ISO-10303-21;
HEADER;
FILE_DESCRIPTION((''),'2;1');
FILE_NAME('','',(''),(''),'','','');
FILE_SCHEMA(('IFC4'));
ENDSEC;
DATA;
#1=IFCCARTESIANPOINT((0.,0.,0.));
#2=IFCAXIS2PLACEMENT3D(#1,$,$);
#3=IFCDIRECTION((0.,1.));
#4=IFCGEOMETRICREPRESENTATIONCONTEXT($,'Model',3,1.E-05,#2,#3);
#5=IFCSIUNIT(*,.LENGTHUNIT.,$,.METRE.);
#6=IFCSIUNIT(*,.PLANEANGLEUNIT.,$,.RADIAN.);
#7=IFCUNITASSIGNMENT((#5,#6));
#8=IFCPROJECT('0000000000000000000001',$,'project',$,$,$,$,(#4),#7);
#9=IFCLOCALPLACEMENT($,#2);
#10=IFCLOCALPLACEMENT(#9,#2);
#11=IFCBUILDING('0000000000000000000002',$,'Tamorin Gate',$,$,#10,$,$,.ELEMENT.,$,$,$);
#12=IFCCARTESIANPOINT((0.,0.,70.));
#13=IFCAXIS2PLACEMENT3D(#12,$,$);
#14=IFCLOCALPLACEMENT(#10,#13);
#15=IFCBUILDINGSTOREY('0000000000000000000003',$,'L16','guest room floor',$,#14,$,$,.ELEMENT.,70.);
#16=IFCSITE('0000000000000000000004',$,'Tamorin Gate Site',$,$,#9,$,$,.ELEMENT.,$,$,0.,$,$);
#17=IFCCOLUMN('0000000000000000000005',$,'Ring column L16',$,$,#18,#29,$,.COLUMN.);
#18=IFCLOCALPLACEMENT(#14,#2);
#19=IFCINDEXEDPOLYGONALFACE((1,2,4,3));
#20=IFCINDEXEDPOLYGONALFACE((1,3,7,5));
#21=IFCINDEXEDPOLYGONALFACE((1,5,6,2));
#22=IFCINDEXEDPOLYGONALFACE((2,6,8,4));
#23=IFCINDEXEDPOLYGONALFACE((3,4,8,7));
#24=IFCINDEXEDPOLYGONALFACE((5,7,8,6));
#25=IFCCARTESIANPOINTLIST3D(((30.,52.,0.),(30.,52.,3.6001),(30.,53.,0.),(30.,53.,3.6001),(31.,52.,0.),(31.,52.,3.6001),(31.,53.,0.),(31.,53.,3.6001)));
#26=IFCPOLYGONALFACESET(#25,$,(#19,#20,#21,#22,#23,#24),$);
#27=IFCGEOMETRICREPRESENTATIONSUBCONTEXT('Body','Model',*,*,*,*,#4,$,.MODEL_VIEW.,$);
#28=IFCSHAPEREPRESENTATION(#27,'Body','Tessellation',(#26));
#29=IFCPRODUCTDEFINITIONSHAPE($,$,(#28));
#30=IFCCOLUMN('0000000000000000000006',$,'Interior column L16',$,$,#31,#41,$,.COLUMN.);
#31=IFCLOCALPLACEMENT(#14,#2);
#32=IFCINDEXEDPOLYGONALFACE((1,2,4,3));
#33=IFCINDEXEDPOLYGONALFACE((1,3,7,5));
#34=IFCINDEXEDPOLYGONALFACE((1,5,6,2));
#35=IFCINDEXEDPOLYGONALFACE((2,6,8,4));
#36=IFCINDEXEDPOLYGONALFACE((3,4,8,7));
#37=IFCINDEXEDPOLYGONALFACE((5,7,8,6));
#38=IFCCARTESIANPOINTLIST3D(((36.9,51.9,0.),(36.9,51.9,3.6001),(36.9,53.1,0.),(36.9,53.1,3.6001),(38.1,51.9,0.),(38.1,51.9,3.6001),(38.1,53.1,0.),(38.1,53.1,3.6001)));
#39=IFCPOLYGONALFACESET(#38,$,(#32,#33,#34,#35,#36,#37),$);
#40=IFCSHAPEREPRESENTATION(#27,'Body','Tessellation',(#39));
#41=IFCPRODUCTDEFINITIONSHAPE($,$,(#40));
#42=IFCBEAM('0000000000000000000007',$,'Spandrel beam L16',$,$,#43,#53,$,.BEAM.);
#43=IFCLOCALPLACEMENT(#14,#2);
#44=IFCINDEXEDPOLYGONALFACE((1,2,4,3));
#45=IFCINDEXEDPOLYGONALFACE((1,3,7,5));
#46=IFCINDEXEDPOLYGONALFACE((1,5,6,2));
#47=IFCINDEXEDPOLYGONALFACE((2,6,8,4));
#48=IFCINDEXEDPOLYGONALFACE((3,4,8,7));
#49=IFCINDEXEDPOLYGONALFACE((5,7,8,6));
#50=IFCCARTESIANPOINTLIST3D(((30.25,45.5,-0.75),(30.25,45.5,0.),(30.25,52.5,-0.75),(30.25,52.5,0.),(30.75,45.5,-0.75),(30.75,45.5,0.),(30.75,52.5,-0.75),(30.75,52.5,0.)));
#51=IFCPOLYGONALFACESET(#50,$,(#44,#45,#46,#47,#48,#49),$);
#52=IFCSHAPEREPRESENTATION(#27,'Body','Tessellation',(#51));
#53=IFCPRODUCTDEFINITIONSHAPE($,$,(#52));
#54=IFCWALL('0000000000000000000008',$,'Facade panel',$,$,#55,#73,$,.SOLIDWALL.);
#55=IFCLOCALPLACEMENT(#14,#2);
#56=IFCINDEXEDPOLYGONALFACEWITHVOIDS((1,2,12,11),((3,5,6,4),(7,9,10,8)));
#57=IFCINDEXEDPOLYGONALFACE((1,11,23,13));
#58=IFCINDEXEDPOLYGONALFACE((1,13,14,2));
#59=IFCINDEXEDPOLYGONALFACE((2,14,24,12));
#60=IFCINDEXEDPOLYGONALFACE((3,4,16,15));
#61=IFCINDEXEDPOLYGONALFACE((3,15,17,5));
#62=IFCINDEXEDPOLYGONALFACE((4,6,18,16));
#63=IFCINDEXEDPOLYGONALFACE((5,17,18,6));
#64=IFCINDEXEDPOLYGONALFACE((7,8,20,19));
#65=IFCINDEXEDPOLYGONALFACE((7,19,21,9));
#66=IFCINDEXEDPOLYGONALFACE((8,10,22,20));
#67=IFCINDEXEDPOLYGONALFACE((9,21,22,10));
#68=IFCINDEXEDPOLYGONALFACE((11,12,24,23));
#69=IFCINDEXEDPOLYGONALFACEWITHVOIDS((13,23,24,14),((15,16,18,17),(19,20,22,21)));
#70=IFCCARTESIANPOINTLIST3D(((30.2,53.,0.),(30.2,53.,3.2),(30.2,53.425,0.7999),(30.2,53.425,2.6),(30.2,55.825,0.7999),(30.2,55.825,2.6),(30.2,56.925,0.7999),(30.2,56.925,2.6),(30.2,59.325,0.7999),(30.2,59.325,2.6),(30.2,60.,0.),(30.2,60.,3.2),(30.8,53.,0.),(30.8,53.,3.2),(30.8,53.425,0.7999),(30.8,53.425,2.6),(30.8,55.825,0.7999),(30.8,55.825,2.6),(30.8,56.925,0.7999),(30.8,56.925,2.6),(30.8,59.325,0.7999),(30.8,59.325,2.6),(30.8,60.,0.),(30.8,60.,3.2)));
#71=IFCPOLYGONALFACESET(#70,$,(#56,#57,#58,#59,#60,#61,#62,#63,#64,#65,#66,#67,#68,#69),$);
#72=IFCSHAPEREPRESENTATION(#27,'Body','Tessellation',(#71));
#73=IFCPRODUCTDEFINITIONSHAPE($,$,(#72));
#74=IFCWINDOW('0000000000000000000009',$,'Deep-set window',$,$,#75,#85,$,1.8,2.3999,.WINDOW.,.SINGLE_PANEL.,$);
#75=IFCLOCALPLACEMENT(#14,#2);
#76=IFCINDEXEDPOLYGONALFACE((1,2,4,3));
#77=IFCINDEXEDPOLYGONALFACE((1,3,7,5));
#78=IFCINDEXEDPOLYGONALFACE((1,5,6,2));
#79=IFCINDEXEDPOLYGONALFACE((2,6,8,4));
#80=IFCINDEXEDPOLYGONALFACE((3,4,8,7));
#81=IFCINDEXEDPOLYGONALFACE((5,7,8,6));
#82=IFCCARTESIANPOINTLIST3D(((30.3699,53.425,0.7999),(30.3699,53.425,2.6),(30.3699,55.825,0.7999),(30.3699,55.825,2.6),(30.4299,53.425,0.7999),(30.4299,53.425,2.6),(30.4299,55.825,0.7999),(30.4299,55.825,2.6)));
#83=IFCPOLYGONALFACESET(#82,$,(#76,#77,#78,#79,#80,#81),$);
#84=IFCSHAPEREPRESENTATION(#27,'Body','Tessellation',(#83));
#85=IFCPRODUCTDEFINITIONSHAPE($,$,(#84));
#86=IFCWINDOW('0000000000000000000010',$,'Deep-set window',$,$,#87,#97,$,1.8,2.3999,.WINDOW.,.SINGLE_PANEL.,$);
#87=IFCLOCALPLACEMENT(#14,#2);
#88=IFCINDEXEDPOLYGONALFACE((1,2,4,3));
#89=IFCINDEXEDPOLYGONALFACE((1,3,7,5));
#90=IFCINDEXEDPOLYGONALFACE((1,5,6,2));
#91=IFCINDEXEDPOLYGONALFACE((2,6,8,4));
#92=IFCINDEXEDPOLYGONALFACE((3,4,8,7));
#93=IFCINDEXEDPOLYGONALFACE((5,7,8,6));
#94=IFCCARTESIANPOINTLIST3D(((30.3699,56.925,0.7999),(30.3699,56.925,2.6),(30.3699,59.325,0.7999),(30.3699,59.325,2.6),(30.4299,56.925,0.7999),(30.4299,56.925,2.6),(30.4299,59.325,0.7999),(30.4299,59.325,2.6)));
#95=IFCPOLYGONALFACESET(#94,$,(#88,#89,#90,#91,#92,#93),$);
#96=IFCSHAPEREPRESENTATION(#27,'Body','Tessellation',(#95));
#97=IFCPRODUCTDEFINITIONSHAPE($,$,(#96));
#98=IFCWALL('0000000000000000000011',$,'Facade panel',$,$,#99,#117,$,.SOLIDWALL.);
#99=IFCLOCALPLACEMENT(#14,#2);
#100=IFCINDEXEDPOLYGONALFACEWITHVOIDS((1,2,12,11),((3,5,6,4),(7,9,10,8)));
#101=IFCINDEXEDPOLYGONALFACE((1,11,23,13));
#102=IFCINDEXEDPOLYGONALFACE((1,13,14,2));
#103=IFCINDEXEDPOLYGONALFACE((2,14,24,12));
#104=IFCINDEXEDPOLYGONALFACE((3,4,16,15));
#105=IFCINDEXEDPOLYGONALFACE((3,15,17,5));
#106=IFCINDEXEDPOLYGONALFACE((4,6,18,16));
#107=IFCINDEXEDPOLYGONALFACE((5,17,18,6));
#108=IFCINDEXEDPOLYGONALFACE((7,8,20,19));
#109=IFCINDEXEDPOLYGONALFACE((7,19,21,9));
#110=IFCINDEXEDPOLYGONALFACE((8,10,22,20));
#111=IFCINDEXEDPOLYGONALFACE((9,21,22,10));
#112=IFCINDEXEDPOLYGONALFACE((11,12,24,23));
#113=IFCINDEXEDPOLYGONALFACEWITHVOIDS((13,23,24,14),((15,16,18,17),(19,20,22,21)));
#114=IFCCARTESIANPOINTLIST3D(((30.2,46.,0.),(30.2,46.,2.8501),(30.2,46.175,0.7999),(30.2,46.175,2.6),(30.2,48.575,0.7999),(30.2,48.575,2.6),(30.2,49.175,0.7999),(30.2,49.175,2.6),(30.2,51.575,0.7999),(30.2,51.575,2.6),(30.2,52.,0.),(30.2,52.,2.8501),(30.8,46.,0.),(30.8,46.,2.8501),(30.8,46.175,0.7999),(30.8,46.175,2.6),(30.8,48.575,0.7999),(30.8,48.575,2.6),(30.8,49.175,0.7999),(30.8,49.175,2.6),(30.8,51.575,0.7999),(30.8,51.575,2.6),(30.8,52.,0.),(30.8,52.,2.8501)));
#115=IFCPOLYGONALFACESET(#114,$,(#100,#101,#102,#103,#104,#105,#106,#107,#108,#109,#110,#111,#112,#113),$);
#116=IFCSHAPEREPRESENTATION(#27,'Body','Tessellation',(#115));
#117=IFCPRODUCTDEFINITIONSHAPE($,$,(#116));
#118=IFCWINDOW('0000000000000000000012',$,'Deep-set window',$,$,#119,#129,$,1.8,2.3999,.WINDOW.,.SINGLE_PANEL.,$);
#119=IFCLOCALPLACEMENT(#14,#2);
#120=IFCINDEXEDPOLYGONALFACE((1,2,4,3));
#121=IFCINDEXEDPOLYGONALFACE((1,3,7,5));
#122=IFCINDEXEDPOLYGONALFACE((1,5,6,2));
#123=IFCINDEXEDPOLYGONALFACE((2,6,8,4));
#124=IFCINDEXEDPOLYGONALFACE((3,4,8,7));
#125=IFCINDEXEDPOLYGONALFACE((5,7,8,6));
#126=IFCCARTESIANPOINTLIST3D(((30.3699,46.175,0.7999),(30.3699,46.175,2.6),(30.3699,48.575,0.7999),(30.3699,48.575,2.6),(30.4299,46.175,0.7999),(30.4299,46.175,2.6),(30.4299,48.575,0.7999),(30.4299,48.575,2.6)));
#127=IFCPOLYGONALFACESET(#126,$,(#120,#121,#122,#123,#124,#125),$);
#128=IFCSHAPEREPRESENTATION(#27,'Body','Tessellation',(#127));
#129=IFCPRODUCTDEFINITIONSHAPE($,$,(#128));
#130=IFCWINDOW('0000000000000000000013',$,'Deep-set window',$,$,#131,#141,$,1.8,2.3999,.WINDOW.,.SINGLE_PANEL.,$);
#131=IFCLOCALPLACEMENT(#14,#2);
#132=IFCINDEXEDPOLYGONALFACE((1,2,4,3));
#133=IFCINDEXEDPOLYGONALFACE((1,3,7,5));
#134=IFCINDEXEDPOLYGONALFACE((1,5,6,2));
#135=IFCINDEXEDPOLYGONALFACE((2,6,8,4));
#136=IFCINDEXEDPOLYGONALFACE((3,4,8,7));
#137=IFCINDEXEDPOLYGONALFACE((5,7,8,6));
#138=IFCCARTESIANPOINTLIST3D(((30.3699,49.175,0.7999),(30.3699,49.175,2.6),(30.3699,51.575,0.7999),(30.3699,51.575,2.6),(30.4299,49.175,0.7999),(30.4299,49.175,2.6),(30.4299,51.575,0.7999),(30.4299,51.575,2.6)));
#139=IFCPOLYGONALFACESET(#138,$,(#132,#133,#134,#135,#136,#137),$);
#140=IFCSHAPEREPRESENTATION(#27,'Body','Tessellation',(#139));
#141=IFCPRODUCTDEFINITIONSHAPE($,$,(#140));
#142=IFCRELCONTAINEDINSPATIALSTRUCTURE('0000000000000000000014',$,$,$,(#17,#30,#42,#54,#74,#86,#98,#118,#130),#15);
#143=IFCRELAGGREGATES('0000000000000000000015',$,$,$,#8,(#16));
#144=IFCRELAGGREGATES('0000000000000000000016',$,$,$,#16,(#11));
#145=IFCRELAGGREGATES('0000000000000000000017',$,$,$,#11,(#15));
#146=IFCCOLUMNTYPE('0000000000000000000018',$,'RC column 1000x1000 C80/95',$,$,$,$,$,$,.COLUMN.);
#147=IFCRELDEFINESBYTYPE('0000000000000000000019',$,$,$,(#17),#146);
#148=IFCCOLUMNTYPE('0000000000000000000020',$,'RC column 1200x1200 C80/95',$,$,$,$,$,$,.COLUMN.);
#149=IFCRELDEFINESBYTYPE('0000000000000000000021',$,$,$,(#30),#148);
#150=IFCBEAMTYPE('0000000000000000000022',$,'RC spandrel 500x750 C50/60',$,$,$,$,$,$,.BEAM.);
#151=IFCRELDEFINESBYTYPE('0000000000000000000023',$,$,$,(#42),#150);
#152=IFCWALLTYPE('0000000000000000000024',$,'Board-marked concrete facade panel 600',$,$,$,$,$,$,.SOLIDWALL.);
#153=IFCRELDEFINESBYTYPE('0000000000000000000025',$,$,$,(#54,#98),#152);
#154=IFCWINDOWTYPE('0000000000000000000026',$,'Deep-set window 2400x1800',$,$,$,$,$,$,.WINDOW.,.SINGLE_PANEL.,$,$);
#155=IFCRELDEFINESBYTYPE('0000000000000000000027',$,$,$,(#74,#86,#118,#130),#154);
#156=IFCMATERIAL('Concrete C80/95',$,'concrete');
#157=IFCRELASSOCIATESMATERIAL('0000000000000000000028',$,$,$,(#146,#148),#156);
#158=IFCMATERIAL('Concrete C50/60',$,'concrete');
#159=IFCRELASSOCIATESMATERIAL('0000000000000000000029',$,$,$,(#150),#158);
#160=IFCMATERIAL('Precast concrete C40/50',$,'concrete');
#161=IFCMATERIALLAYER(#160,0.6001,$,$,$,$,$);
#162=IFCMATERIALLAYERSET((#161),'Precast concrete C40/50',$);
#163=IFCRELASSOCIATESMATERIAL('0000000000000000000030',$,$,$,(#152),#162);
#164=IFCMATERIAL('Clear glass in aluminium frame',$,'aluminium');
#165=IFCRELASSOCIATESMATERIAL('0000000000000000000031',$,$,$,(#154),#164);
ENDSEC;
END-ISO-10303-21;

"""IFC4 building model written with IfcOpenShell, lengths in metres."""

from ifc_helpers import new_model, si_unit, direction, frame, frame_2d, origin, origin_2d, place, context, subcontext, project, spatial, rectangle, extrude, material, layer, layer_set, material_profile, profile_set, type_object, element, fill, save


model = new_model("IFC4")

# Units and contexts
model_context = context("Model", 3, precision=1e-05, world=origin(), true_north=direction((0.0, 1.0)))
body_context = subcontext(model_context, "Body", "Model", "MODEL_VIEW")
ifc_project = project(units=[si_unit("LENGTHUNIT", "METRE"), si_unit("PLANEANGLEUNIT", "RADIAN")], contexts=[model_context])

# Site, building, storey
site_placement = place(None, origin())
site = spatial("IfcSite", under=ifc_project, at=site_placement, Name="Tamorin Gate Site", CompositionType="ELEMENT", RefElevation=0.0)
building_placement = place(site_placement, origin())
building = spatial("IfcBuilding", under=site, at=building_placement, Name="Tamorin Gate", CompositionType="ELEMENT")
storey_placement = place(building_placement, frame((0.0, 0.0, 70.0)))
storey = spatial("IfcBuildingStorey", under=building, at=storey_placement, Name="L16", Description="guest room floor", CompositionType="ELEMENT", Elevation=70.0)

# Columns
ifc_material_1 = material(Name="Concrete C80/95", Category="concrete")
ifc_material_profile_1 = material_profile(ifc_material_1, rectangle(XDim=1.0, YDim=1.0, at=origin_2d()), Name="RC 1000x1000")
ifc_profile_set_1 = profile_set([ifc_material_profile_1], Name="Concrete C80/95")
column_type_1 = type_object("IfcColumnType", Name="RC column 1000x1000 C80/95", PredefinedType="COLUMN", material=ifc_profile_set_1)
column_1_placement = place(storey_placement, frame((30.5, 52.5, 0.0), z_axis=(0.0, 0.0, 1.0), x_axis=(1.0, 0.0, 0.0)))
element("IfcColumn", 1, at=column_1_placement, inside=storey, type_object=column_type_1, Name="Ring column L16", PredefinedType="COLUMN", context=body_context, shape_type="SweptSolid", body=[
    extrude(rectangle(XDim=1.0, YDim=1.0, at=origin_2d()), origin(), (0.0, 0.0, 1.0), 3.6001),
])
ifc_material_profile_2 = material_profile(ifc_material_1, rectangle(XDim=1.2, YDim=1.2, at=origin_2d()), Name="RC 1200x1200")
ifc_profile_set_2 = profile_set([ifc_material_profile_2], Name="Concrete C80/95")
column_type_2 = type_object("IfcColumnType", Name="RC column 1200x1200 C80/95", PredefinedType="COLUMN", material=ifc_profile_set_2)
column_2_placement = place(storey_placement, frame((37.5, 52.5, 0.0), z_axis=(0.0, 0.0, 1.0), x_axis=(1.0, 0.0, 0.0)))
element("IfcColumn", 2, at=column_2_placement, inside=storey, type_object=column_type_2, Name="Interior column L16", PredefinedType="COLUMN", context=body_context, shape_type="SweptSolid", body=[
    extrude(rectangle(XDim=1.2, YDim=1.2, at=origin_2d()), origin(), (0.0, 0.0, 1.0), 3.6001),
])

# Beam
ifc_material_2 = material(Name="Concrete C50/60", Category="concrete")
ifc_material_profile_3 = material_profile(ifc_material_2, rectangle(XDim=0.5, YDim=0.75, at=origin_2d()), Name="RC 500x750")
ifc_profile_set_3 = profile_set([ifc_material_profile_3], Name="Concrete C50/60")
beam_type = type_object("IfcBeamType", Name="RC spandrel 500x750 C50/60", PredefinedType="BEAM", material=ifc_profile_set_3)
beam_placement = place(storey_placement, frame((30.5, 52.5, -0.375), z_axis=(0.0, -1.0, 0.0), x_axis=(1.0, 0.0, 0.0)))
element("IfcBeam", 3, at=beam_placement, inside=storey, type_object=beam_type, Name="Spandrel beam L16", PredefinedType="BEAM", context=body_context, shape_type="SweptSolid", body=[
    extrude(rectangle(XDim=0.5, YDim=0.75, at=origin_2d()), origin(), (0.0, 0.0, 1.0), 7.0),
])

# Walls, openings, windows
ifc_material_3 = material(Name="Precast concrete C40/50", Category="concrete")
ifc_layer_1 = layer(ifc_material_3, 0.6001)
ifc_layer_set_1 = layer_set([ifc_layer_1], Name="Precast concrete C40/50")
wall_type_1 = type_object("IfcWallType", Name="Board-marked concrete facade panel 600", PredefinedType="SOLIDWALL", material=ifc_layer_set_1)
wall_1_placement = place(storey_placement, frame((30.5, 60.0, 0.0), z_axis=(0.0, 0.0, 1.0), x_axis=(0.0, -1.0, 0.0)))
wall_1 = element("IfcWall", 4, at=wall_1_placement, inside=storey, type_object=wall_type_1, Name="Facade panel", PredefinedType="SOLIDWALL", context=body_context, shape_type="SweptSolid", body=[
    extrude(rectangle(XDim=7.0, YDim=0.6001, at=frame_2d((3.5, 0.0))), origin(), (0.0, 0.0, 1.0), 3.2),
])
opening_1_placement = place(wall_1_placement, frame((4.175, 0.0, 0.8)))
opening_1 = element("IfcOpeningElement", 5, at=opening_1_placement, cuts=wall_1, PredefinedType="OPENING", context=body_context, shape_type="SweptSolid", body=[
    extrude(rectangle(XDim=2.3999, YDim=1.8, at=frame_2d((1.2, 0.8999))), frame((0.0, 0.3101, 0.0), z_axis=(0.0, -1.0, 0.0), x_axis=(1.0, 0.0, 0.0)), (0.0, 0.0, 1.0), 0.6201),
])
opening_2_placement = place(wall_1_placement, frame((0.675, 0.0, 0.8)))
opening_2 = element("IfcOpeningElement", 6, at=opening_2_placement, cuts=wall_1, PredefinedType="OPENING", context=body_context, shape_type="SweptSolid", body=[
    extrude(rectangle(XDim=2.3999, YDim=1.8, at=frame_2d((1.2, 0.8999))), frame((0.0, 0.3101, 0.0), z_axis=(0.0, -1.0, 0.0), x_axis=(1.0, 0.0, 0.0)), (0.0, 0.0, 1.0), 0.6201),
])
ifc_material_4 = material(Name="Clear glass in aluminium frame", Category="aluminium")
window_type = type_object("IfcWindowType", Name="Deep-set window 2400x1800", PartitioningType="SINGLE_PANEL", PredefinedType="WINDOW", material=ifc_material_4)
window_1_placement = place(opening_1_placement, origin())
window_1 = element("IfcWindow", 7, at=window_1_placement, inside=storey, type_object=window_type, Name="Deep-set window", OverallHeight=1.8, OverallWidth=2.3999, PartitioningType="SINGLE_PANEL", PredefinedType="WINDOW", context=body_context, shape_type="SweptSolid", body=[
    extrude(rectangle(XDim=2.3999, YDim=1.8, at=frame_2d((1.2, 0.8999))), frame((0.0, -0.0701, 0.0), z_axis=(0.0, -1.0, 0.0), x_axis=(1.0, 0.0, 0.0)), (0.0, 0.0, 1.0), 0.0601),
])
fill(opening_1, window_1)
window_2_placement = place(opening_2_placement, origin())
window_2 = element("IfcWindow", 8, at=window_2_placement, inside=storey, type_object=window_type, Name="Deep-set window", OverallHeight=1.8, OverallWidth=2.3999, PartitioningType="SINGLE_PANEL", PredefinedType="WINDOW", context=body_context, shape_type="SweptSolid", body=[
    extrude(rectangle(XDim=2.3999, YDim=1.8, at=frame_2d((1.2, 0.8999))), frame((0.0, -0.0701, 0.0), z_axis=(0.0, -1.0, 0.0), x_axis=(1.0, 0.0, 0.0)), (0.0, 0.0, 1.0), 0.0601),
])
fill(opening_2, window_2)
wall_2_placement = place(storey_placement, frame((30.5, 52.0, 0.0), z_axis=(0.0, 0.0, 1.0), x_axis=(0.0, -1.0, 0.0)))
wall_2 = element("IfcWall", 9, at=wall_2_placement, inside=storey, type_object=wall_type_1, Name="Facade panel", PredefinedType="SOLIDWALL", context=body_context, shape_type="SweptSolid", body=[
    extrude(rectangle(XDim=6.0, YDim=0.6001, at=frame_2d((3.0, 0.0))), origin(), (0.0, 0.0, 1.0), 2.8501),
])
opening_3_placement = place(wall_2_placement, frame((3.425, 0.0, 0.8)))
opening_3 = element("IfcOpeningElement", 10, at=opening_3_placement, cuts=wall_2, PredefinedType="OPENING", context=body_context, shape_type="SweptSolid", body=[
    extrude(rectangle(XDim=2.3999, YDim=1.8, at=frame_2d((1.2, 0.8999))), frame((0.0, 0.3101, 0.0), z_axis=(0.0, -1.0, 0.0), x_axis=(1.0, 0.0, 0.0)), (0.0, 0.0, 1.0), 0.6201),
])
opening_4_placement = place(wall_2_placement, frame((0.425, 0.0, 0.8)))
opening_4 = element("IfcOpeningElement", 11, at=opening_4_placement, cuts=wall_2, PredefinedType="OPENING", context=body_context, shape_type="SweptSolid", body=[
    extrude(rectangle(XDim=2.3999, YDim=1.8, at=frame_2d((1.2, 0.8999))), frame((0.0, 0.3101, 0.0), z_axis=(0.0, -1.0, 0.0), x_axis=(1.0, 0.0, 0.0)), (0.0, 0.0, 1.0), 0.6201),
])
window_3_placement = place(opening_3_placement, origin())
window_3 = element("IfcWindow", 12, at=window_3_placement, inside=storey, type_object=window_type, Name="Deep-set window", OverallHeight=1.8, OverallWidth=2.3999, PartitioningType="SINGLE_PANEL", PredefinedType="WINDOW", context=body_context, shape_type="SweptSolid", body=[
    extrude(rectangle(XDim=2.3999, YDim=1.8, at=frame_2d((1.2, 0.8999))), frame((0.0, -0.0701, 0.0), z_axis=(0.0, -1.0, 0.0), x_axis=(1.0, 0.0, 0.0)), (0.0, 0.0, 1.0), 0.0601),
])
fill(opening_3, window_3)
window_4_placement = place(opening_4_placement, origin())
window_4 = element("IfcWindow", 13, at=window_4_placement, inside=storey, type_object=window_type, Name="Deep-set window", OverallHeight=1.8, OverallWidth=2.3999, PartitioningType="SINGLE_PANEL", PredefinedType="WINDOW", context=body_context, shape_type="SweptSolid", body=[
    extrude(rectangle(XDim=2.3999, YDim=1.8, at=frame_2d((1.2, 0.8999))), frame((0.0, -0.0701, 0.0), z_axis=(0.0, -1.0, 0.0), x_axis=(1.0, 0.0, 0.0)), (0.0, 0.0, 1.0), 0.0601),
])
fill(opening_4, window_4)

save(model, "model.ifc")
